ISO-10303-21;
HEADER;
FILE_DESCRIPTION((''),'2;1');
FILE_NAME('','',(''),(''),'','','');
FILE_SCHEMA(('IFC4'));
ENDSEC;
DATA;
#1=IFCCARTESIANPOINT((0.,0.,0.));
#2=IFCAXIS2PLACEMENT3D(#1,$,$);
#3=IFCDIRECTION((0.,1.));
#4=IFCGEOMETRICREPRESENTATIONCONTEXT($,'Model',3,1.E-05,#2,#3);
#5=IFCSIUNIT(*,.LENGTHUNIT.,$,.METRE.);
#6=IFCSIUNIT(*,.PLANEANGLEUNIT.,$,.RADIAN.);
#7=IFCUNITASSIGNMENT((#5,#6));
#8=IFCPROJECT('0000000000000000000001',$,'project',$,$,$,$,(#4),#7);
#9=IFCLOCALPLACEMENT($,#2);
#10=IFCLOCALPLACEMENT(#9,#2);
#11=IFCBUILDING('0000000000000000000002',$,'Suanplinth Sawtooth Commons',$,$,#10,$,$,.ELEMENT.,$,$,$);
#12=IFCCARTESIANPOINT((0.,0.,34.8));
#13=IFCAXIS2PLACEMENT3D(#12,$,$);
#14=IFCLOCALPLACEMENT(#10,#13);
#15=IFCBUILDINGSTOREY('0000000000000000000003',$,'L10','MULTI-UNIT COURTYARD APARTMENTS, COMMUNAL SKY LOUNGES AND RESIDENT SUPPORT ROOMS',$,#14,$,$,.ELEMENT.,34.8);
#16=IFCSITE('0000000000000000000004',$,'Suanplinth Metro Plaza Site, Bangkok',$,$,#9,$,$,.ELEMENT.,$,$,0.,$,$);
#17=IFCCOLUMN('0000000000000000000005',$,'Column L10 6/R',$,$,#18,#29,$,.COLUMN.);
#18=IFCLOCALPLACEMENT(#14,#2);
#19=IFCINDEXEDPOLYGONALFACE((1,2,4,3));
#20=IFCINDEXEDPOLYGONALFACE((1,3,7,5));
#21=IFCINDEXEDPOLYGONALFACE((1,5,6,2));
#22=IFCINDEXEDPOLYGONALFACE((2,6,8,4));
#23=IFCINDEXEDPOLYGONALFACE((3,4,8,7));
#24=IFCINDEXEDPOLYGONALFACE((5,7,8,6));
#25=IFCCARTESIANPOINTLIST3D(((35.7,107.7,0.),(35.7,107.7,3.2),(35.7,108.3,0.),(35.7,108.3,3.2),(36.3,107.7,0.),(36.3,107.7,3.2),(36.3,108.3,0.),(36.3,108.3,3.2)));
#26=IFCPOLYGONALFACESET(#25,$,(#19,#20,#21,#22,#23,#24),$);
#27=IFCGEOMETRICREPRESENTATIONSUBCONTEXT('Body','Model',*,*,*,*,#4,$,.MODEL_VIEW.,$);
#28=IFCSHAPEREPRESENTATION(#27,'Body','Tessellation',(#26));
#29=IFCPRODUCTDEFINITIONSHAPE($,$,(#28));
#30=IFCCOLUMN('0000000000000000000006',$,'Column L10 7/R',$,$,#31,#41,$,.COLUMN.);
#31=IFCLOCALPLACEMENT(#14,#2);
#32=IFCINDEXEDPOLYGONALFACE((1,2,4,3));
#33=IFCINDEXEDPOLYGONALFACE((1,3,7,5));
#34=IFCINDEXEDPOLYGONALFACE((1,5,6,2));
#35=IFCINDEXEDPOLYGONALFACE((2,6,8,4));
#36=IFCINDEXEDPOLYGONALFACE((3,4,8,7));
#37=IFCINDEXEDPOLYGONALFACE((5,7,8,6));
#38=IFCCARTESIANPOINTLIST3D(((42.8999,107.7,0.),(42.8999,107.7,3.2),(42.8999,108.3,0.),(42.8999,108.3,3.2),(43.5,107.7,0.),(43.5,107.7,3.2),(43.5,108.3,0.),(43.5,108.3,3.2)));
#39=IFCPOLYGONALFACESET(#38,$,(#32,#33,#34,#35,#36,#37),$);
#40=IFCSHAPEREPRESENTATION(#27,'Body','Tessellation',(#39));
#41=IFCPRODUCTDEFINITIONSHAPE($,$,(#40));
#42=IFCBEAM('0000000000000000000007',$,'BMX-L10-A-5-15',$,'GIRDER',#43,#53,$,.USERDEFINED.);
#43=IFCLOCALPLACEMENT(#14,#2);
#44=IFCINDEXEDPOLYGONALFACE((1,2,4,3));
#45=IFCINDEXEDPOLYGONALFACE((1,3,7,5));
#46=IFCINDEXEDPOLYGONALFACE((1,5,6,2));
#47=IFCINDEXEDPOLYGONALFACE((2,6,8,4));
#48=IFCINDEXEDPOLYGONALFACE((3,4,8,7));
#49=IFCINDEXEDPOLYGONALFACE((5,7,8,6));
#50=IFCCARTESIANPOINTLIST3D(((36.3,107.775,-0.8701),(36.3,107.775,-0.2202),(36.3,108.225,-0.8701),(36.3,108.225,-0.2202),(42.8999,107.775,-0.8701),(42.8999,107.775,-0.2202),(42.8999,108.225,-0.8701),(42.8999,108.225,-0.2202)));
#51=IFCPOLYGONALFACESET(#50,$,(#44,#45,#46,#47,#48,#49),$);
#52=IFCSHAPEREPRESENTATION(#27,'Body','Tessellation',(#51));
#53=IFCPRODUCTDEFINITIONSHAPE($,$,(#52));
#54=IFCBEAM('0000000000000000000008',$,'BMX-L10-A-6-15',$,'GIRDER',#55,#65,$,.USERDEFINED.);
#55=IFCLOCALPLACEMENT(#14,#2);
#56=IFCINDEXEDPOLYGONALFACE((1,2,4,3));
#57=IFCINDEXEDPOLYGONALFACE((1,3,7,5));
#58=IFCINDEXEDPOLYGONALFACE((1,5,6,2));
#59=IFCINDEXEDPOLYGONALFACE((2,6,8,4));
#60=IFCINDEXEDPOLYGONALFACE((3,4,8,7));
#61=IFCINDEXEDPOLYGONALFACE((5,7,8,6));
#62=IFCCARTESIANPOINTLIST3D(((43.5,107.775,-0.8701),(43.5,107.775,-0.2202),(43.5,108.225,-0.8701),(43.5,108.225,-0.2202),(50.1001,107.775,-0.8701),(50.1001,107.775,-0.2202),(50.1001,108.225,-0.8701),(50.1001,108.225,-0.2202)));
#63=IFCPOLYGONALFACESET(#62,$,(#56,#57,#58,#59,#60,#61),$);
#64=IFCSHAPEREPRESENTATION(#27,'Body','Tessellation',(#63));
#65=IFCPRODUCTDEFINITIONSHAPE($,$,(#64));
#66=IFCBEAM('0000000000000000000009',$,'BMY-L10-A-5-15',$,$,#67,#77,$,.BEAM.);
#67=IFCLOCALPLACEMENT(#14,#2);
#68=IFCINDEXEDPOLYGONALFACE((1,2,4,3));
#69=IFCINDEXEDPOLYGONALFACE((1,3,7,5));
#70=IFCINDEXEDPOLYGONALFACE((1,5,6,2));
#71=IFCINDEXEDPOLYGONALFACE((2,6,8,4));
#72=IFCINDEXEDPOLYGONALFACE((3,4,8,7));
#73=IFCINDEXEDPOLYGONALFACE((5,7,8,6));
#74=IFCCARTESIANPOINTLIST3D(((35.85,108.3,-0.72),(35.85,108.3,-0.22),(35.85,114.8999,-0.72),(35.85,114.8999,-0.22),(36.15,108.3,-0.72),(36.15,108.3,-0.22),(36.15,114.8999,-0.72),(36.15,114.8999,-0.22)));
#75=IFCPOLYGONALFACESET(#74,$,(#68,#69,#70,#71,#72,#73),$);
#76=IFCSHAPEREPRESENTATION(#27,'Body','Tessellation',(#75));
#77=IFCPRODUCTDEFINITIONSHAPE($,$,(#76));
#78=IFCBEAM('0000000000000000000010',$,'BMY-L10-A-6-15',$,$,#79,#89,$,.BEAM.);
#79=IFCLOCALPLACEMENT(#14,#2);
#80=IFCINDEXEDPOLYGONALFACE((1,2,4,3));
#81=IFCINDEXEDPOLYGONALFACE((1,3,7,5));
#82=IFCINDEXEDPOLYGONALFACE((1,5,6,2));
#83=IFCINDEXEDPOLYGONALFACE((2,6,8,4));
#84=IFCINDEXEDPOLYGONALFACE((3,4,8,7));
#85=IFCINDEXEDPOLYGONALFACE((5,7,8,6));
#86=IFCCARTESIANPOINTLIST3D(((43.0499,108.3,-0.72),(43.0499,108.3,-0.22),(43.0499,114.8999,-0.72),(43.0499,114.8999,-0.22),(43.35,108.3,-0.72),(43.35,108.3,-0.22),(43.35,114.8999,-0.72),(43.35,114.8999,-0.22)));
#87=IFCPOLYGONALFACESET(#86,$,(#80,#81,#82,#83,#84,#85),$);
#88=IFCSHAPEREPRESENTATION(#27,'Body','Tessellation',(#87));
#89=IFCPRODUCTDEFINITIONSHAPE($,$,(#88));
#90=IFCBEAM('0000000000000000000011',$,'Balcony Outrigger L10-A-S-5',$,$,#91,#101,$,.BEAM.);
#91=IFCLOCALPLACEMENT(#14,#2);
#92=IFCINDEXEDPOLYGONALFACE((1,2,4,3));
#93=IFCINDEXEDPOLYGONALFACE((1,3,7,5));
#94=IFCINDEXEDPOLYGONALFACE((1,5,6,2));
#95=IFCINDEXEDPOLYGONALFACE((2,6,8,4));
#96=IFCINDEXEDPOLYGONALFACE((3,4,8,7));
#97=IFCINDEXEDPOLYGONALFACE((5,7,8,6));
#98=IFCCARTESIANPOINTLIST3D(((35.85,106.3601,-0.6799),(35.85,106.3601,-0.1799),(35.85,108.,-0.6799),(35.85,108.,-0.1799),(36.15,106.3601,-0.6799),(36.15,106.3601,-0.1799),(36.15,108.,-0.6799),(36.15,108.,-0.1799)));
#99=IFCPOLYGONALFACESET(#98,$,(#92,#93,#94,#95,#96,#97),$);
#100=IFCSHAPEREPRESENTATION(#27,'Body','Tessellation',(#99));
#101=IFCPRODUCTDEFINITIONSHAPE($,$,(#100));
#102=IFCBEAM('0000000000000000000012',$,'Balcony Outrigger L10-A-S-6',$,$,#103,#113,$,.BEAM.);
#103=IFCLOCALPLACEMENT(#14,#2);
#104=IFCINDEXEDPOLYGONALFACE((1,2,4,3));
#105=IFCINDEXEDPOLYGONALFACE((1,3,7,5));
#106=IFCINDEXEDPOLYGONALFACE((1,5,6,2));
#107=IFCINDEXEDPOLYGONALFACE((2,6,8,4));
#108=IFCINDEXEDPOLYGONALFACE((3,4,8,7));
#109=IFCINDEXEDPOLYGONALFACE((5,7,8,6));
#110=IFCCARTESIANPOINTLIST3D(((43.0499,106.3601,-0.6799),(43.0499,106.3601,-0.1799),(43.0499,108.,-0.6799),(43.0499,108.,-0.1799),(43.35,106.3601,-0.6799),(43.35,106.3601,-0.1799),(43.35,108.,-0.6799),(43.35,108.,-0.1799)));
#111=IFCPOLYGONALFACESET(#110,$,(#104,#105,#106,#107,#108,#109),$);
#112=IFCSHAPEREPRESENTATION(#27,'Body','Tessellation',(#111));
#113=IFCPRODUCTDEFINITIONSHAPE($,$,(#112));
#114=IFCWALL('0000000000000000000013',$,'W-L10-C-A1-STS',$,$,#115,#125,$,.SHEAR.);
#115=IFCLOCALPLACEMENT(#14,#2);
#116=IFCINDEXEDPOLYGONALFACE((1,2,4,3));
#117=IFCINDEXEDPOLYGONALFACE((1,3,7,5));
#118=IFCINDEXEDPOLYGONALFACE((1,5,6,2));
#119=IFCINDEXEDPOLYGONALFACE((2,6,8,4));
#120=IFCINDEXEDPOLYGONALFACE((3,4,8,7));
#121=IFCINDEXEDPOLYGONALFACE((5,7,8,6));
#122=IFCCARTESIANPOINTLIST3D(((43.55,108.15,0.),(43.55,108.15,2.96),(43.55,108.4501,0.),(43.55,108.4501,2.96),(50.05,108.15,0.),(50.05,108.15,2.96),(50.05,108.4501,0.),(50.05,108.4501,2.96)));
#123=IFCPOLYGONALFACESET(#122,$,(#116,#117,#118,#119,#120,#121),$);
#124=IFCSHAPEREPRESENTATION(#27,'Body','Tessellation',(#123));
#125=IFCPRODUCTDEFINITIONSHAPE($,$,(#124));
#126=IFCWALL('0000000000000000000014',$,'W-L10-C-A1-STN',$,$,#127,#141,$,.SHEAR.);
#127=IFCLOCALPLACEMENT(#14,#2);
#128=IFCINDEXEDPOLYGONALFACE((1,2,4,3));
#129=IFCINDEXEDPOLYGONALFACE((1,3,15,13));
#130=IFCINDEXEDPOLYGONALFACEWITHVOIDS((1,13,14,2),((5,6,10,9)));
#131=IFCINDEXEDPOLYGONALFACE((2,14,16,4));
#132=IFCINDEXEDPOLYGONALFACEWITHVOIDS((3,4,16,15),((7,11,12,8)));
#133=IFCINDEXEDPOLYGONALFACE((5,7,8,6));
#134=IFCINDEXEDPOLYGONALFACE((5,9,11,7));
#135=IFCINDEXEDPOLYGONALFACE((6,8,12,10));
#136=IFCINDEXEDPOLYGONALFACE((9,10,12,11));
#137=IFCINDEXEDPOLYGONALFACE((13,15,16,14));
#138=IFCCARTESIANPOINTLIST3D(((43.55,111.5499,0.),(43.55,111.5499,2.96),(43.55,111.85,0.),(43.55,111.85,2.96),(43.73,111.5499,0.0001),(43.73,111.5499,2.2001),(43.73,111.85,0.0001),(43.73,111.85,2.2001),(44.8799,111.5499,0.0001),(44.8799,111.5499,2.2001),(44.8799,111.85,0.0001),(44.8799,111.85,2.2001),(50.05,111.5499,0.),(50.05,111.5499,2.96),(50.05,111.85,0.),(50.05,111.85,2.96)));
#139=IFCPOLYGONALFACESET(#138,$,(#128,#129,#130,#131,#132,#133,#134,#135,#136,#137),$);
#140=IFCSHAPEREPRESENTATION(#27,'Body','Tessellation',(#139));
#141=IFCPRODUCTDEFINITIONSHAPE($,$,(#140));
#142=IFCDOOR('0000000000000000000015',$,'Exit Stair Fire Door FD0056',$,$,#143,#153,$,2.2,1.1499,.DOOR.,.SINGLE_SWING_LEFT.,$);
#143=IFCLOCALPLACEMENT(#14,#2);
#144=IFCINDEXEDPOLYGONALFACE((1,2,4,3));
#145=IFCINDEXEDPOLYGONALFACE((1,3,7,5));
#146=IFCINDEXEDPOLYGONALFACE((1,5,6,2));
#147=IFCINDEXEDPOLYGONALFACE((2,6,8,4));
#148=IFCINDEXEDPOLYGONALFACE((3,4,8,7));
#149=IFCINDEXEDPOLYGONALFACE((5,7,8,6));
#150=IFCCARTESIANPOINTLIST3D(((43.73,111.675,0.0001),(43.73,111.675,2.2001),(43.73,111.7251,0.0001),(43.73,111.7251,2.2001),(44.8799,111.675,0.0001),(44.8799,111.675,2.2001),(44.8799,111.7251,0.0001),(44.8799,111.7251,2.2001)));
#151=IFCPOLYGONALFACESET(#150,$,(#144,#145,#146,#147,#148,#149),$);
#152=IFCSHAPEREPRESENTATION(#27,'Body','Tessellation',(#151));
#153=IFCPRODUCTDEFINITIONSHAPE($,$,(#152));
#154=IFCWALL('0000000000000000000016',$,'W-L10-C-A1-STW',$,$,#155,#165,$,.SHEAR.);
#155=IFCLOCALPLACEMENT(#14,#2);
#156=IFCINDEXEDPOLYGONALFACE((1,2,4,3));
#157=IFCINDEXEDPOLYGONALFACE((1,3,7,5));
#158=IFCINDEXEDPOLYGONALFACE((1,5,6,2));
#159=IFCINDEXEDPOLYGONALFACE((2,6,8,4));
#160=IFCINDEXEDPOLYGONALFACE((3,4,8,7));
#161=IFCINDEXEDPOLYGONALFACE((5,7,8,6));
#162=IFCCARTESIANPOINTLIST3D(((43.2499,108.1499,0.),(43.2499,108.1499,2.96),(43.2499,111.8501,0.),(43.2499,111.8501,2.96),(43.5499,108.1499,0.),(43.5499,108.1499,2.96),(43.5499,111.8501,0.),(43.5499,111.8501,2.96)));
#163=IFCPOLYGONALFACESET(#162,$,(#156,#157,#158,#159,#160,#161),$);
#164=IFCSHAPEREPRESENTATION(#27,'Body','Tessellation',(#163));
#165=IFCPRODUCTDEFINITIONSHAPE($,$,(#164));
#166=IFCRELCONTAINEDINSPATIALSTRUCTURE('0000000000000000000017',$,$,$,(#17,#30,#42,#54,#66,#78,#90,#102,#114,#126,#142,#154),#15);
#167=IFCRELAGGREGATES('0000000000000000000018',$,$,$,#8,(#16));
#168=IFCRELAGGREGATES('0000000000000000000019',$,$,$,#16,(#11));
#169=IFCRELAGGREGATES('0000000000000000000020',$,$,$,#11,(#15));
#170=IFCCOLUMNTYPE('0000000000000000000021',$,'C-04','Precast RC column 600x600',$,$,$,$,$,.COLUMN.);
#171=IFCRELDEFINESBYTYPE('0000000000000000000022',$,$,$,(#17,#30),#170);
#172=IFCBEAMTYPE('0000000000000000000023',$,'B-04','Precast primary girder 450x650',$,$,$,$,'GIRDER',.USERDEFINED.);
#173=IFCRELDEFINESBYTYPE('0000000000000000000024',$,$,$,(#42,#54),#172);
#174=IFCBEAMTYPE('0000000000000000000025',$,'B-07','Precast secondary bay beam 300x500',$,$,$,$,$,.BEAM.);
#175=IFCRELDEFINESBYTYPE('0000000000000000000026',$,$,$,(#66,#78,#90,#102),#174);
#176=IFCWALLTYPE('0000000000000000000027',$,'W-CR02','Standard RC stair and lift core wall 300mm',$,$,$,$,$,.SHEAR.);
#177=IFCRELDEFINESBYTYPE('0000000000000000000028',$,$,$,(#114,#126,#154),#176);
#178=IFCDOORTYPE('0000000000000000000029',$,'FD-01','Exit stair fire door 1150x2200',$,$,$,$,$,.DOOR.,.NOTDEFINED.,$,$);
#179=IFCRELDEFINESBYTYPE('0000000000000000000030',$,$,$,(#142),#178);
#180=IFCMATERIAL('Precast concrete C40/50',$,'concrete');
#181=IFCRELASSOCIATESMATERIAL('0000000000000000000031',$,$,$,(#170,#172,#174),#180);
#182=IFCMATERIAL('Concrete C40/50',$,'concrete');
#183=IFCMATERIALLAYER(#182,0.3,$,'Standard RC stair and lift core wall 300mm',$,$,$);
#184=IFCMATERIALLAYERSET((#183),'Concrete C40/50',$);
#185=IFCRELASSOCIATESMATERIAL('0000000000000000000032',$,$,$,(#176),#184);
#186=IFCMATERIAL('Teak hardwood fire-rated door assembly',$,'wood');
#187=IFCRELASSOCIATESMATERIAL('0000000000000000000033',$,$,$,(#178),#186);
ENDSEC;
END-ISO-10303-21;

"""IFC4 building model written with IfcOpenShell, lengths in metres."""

from ifc_helpers import new_model, si_unit, direction, frame, frame_2d, origin, origin_2d, place, context, subcontext, project, spatial, rectangle, extrude, material, layer, layer_set, material_profile, profile_set, type_object, element, fill, save


model = new_model("IFC4")

# Units and contexts
model_context = context("Model", 3, precision=1e-05, world=origin(), true_north=direction((0.0, 1.0)))
body_context = subcontext(model_context, "Body", "Model", "MODEL_VIEW")
ifc_project = project(units=[si_unit("LENGTHUNIT", "METRE"), si_unit("PLANEANGLEUNIT", "RADIAN")], contexts=[model_context])

# Site, building, storey
site_placement = place(None, origin())
site = spatial("IfcSite", under=ifc_project, at=site_placement, Name="Suanplinth Metro Plaza Site, Bangkok", CompositionType="ELEMENT", RefElevation=0.0)
building_placement = place(site_placement, origin())
building = spatial("IfcBuilding", under=site, at=building_placement, Name="Suanplinth Sawtooth Commons", CompositionType="ELEMENT")
storey_placement = place(building_placement, frame((0.0, 0.0, 34.8)))
storey = spatial("IfcBuildingStorey", under=building, at=storey_placement, Name="L10", Description="MULTI-UNIT COURTYARD APARTMENTS, COMMUNAL SKY LOUNGES AND RESIDENT SUPPORT ROOMS", CompositionType="ELEMENT", Elevation=34.8)

# Columns
ifc_material_1 = material(Name="Precast concrete C40/50", Category="concrete")
ifc_material_profile_1 = material_profile(ifc_material_1, rectangle(XDim=0.6001, YDim=0.6001, at=origin_2d()), Name="PC-COL 600x600")
ifc_profile_set_1 = profile_set([ifc_material_profile_1], Name="Precast concrete C40/50")
column_type = type_object("IfcColumnType", Name="C-04", Description="Precast RC column 600x600", PredefinedType="COLUMN", material=ifc_profile_set_1)
for number, where, z_axis, x_axis, name in (
    (1, (36.0, 108.0, 0.0), (0.0, 0.0, 1.0), (1.0, 0.0, 0.0), "Column L10 6/R"),
    (2, (43.2, 108.0, 0.0), (0.0, 0.0, 1.0), (1.0, 0.0, 0.0), "Column L10 7/R"),
):
    element("IfcColumn", number, at=place(storey_placement, frame(where, z_axis=z_axis, x_axis=x_axis)), inside=storey, type_object=column_type, Name=name, PredefinedType="COLUMN", context=body_context, shape_type="SweptSolid", body=[
        extrude(rectangle(XDim=0.6001, YDim=0.6001, at=origin_2d()), origin(), (0.0, 0.0, 1.0), 3.2),
    ])

# Beams
ifc_material_profile_2 = material_profile(ifc_material_1, rectangle(XDim=0.45, YDim=0.6499, at=origin_2d()), Name="PC-GDR 450x650")
ifc_profile_set_2 = profile_set([ifc_material_profile_2], Name="Precast concrete C40/50")
beam_type_1 = type_object("IfcBeamType", Name="B-04", Description="Precast primary girder 450x650", ElementType="GIRDER", PredefinedType="USERDEFINED", material=ifc_profile_set_2)
beam_1_placement = place(storey_placement, frame((36.3, 108.0, -0.5452), z_axis=(1.0, 0.0, 0.0), x_axis=(0.0, 1.0, 0.0)))
element("IfcBeam", 3, at=beam_1_placement, inside=storey, type_object=beam_type_1, Name="BMX-L10-A-5-15", ObjectType="GIRDER", PredefinedType="USERDEFINED", context=body_context, shape_type="SweptSolid", body=[
    extrude(rectangle(XDim=0.45, YDim=0.6499, at=origin_2d()), origin(), (0.0, 0.0, 1.0), 6.5999),
])
beam_2_placement = place(storey_placement, frame((43.5, 108.0, -0.5452), z_axis=(1.0, 0.0, 0.0), x_axis=(0.0, 1.0, 0.0)))
element("IfcBeam", 4, at=beam_2_placement, inside=storey, type_object=beam_type_1, Name="BMX-L10-A-6-15", ObjectType="GIRDER", PredefinedType="USERDEFINED", context=body_context, shape_type="SweptSolid", body=[
    extrude(rectangle(XDim=0.45, YDim=0.6499, at=origin_2d()), origin(), (0.0, 0.0, 1.0), 6.6001),
])
ifc_material_profile_3 = material_profile(ifc_material_1, rectangle(XDim=0.3, YDim=0.5, at=origin_2d()), Name="PC-BM 300x500")
ifc_profile_set_3 = profile_set([ifc_material_profile_3], Name="Precast concrete C40/50")
beam_type_2 = type_object("IfcBeamType", Name="B-07", Description="Precast secondary bay beam 300x500", PredefinedType="BEAM", material=ifc_profile_set_3)
for number, where, z_axis, x_axis, name in (
    (5, (36.0, 108.3, -0.47), (0.0, 1.0, 0.0), (-1.0, 0.0, 0.0), "BMY-L10-A-5-15"),
    (6, (43.2, 108.3, -0.47), (0.0, 1.0, 0.0), (-1.0, 0.0, 0.0), "BMY-L10-A-6-15"),
):
    element("IfcBeam", number, at=place(storey_placement, frame(where, z_axis=z_axis, x_axis=x_axis)), inside=storey, type_object=beam_type_2, Name=name, PredefinedType="BEAM", context=body_context, shape_type="SweptSolid", body=[
        extrude(rectangle(XDim=0.3, YDim=0.5, at=origin_2d()), origin(), (0.0, 0.0, 1.0), 6.5999),
    ])
for number, where, z_axis, x_axis, name in (
    (7, (36.0, 108.0, -0.4299), (0.0, -1.0, 0.0), (1.0, 0.0, 0.0), "Balcony Outrigger L10-A-S-5"),
    (8, (43.2, 108.0, -0.4299), (0.0, -1.0, 0.0), (1.0, 0.0, 0.0), "Balcony Outrigger L10-A-S-6"),
):
    element("IfcBeam", number, at=place(storey_placement, frame(where, z_axis=z_axis, x_axis=x_axis)), inside=storey, type_object=beam_type_2, Name=name, PredefinedType="BEAM", context=body_context, shape_type="SweptSolid", body=[
        extrude(rectangle(XDim=0.3, YDim=0.5, at=origin_2d()), origin(), (0.0, 0.0, 1.0), 1.6399),
    ])

# Wall
ifc_material_2 = material(Name="Concrete C40/50", Category="concrete")
ifc_layer_1 = layer(ifc_material_2, 0.3, Name="Standard RC stair and lift core wall 300mm")
ifc_layer_set_1 = layer_set([ifc_layer_1], Name="Concrete C40/50")
wall_type_1 = type_object("IfcWallType", Name="W-CR02", Description="Standard RC stair and lift core wall 300mm", PredefinedType="SHEAR", material=ifc_layer_set_1)
wall_1_placement = place(storey_placement, frame((43.55, 108.3, 0.0), z_axis=(0.0, 0.0, 1.0), x_axis=(1.0, 0.0, 0.0)))
element("IfcWall", 9, at=wall_1_placement, inside=storey, type_object=wall_type_1, Name="W-L10-C-A1-STS", PredefinedType="SHEAR", context=body_context, shape_type="SweptSolid", body=[
    extrude(rectangle(XDim=6.5, YDim=0.3, at=frame_2d((3.25, 0.0))), origin(), (0.0, 0.0, 1.0), 2.96),
])

# Wall, opening, door
wall_2_placement = place(storey_placement, frame((43.55, 111.7, 0.0), z_axis=(0.0, 0.0, 1.0), x_axis=(1.0, 0.0, 0.0)))
wall_2 = element("IfcWall", 10, at=wall_2_placement, inside=storey, type_object=wall_type_1, Name="W-L10-C-A1-STN", PredefinedType="SHEAR", context=body_context, shape_type="SweptSolid", body=[
    extrude(rectangle(XDim=6.5, YDim=0.3, at=frame_2d((3.25, 0.0))), origin(), (0.0, 0.0, 1.0), 2.96),
])
opening_1_placement = place(wall_2_placement, frame((0.1799, 0.0, 0.0)))
opening_1 = element("IfcOpeningElement", 11, at=opening_1_placement, cuts=wall_2, PredefinedType="OPENING", context=body_context, shape_type="SweptSolid", body=[
    extrude(rectangle(XDim=1.1499, YDim=2.2, at=frame_2d((0.575, 1.1001))), frame((0.0, 0.165, 0.0), z_axis=(0.0, -1.0, 0.0), x_axis=(1.0, 0.0, 0.0)), (0.0, 0.0, 1.0), 0.3298),
])
ifc_material_3 = material(Name="Teak hardwood fire-rated door assembly", Category="wood")
door_type_1 = type_object("IfcDoorType", Name="FD-01", Description="Exit stair fire door 1150x2200", OperationType="NOTDEFINED", PredefinedType="DOOR", material=ifc_material_3)
door_1_placement = place(opening_1_placement, frame((1.1499, 0.0, 0.0), z_axis=(0.0, 0.0, 1.0), x_axis=(-1.0, 0.0, 0.0)))
door_1 = element("IfcDoor", 12, at=door_1_placement, inside=storey, type_object=door_type_1, Name="Exit Stair Fire Door FD0056", OperationType="SINGLE_SWING_LEFT", OverallHeight=2.2, OverallWidth=1.1499, PredefinedType="DOOR", context=body_context, shape_type="SweptSolid", body=[
    extrude(rectangle(XDim=1.1499, YDim=2.2, at=frame_2d((0.575, 1.1001))), frame((0.0, 0.0249, 0.0), z_axis=(0.0, -1.0, 0.0), x_axis=(1.0, 0.0, 0.0)), (0.0, 0.0, 1.0), 0.05),
])
fill(opening_1, door_1)

# Wall
wall_3_placement = place(storey_placement, frame((43.3999, 108.1499, 0.0), z_axis=(0.0, 0.0, 1.0), x_axis=(0.0, 1.0, 0.0)))
element("IfcWall", 13, at=wall_3_placement, inside=storey, type_object=wall_type_1, Name="W-L10-C-A1-STW", PredefinedType="SHEAR", context=body_context, shape_type="SweptSolid", body=[
    extrude(rectangle(XDim=3.7002, YDim=0.3, at=frame_2d((1.8501, 0.0))), origin(), (0.0, 0.0, 1.0), 2.96),
])

save(model, "model.ifc")
